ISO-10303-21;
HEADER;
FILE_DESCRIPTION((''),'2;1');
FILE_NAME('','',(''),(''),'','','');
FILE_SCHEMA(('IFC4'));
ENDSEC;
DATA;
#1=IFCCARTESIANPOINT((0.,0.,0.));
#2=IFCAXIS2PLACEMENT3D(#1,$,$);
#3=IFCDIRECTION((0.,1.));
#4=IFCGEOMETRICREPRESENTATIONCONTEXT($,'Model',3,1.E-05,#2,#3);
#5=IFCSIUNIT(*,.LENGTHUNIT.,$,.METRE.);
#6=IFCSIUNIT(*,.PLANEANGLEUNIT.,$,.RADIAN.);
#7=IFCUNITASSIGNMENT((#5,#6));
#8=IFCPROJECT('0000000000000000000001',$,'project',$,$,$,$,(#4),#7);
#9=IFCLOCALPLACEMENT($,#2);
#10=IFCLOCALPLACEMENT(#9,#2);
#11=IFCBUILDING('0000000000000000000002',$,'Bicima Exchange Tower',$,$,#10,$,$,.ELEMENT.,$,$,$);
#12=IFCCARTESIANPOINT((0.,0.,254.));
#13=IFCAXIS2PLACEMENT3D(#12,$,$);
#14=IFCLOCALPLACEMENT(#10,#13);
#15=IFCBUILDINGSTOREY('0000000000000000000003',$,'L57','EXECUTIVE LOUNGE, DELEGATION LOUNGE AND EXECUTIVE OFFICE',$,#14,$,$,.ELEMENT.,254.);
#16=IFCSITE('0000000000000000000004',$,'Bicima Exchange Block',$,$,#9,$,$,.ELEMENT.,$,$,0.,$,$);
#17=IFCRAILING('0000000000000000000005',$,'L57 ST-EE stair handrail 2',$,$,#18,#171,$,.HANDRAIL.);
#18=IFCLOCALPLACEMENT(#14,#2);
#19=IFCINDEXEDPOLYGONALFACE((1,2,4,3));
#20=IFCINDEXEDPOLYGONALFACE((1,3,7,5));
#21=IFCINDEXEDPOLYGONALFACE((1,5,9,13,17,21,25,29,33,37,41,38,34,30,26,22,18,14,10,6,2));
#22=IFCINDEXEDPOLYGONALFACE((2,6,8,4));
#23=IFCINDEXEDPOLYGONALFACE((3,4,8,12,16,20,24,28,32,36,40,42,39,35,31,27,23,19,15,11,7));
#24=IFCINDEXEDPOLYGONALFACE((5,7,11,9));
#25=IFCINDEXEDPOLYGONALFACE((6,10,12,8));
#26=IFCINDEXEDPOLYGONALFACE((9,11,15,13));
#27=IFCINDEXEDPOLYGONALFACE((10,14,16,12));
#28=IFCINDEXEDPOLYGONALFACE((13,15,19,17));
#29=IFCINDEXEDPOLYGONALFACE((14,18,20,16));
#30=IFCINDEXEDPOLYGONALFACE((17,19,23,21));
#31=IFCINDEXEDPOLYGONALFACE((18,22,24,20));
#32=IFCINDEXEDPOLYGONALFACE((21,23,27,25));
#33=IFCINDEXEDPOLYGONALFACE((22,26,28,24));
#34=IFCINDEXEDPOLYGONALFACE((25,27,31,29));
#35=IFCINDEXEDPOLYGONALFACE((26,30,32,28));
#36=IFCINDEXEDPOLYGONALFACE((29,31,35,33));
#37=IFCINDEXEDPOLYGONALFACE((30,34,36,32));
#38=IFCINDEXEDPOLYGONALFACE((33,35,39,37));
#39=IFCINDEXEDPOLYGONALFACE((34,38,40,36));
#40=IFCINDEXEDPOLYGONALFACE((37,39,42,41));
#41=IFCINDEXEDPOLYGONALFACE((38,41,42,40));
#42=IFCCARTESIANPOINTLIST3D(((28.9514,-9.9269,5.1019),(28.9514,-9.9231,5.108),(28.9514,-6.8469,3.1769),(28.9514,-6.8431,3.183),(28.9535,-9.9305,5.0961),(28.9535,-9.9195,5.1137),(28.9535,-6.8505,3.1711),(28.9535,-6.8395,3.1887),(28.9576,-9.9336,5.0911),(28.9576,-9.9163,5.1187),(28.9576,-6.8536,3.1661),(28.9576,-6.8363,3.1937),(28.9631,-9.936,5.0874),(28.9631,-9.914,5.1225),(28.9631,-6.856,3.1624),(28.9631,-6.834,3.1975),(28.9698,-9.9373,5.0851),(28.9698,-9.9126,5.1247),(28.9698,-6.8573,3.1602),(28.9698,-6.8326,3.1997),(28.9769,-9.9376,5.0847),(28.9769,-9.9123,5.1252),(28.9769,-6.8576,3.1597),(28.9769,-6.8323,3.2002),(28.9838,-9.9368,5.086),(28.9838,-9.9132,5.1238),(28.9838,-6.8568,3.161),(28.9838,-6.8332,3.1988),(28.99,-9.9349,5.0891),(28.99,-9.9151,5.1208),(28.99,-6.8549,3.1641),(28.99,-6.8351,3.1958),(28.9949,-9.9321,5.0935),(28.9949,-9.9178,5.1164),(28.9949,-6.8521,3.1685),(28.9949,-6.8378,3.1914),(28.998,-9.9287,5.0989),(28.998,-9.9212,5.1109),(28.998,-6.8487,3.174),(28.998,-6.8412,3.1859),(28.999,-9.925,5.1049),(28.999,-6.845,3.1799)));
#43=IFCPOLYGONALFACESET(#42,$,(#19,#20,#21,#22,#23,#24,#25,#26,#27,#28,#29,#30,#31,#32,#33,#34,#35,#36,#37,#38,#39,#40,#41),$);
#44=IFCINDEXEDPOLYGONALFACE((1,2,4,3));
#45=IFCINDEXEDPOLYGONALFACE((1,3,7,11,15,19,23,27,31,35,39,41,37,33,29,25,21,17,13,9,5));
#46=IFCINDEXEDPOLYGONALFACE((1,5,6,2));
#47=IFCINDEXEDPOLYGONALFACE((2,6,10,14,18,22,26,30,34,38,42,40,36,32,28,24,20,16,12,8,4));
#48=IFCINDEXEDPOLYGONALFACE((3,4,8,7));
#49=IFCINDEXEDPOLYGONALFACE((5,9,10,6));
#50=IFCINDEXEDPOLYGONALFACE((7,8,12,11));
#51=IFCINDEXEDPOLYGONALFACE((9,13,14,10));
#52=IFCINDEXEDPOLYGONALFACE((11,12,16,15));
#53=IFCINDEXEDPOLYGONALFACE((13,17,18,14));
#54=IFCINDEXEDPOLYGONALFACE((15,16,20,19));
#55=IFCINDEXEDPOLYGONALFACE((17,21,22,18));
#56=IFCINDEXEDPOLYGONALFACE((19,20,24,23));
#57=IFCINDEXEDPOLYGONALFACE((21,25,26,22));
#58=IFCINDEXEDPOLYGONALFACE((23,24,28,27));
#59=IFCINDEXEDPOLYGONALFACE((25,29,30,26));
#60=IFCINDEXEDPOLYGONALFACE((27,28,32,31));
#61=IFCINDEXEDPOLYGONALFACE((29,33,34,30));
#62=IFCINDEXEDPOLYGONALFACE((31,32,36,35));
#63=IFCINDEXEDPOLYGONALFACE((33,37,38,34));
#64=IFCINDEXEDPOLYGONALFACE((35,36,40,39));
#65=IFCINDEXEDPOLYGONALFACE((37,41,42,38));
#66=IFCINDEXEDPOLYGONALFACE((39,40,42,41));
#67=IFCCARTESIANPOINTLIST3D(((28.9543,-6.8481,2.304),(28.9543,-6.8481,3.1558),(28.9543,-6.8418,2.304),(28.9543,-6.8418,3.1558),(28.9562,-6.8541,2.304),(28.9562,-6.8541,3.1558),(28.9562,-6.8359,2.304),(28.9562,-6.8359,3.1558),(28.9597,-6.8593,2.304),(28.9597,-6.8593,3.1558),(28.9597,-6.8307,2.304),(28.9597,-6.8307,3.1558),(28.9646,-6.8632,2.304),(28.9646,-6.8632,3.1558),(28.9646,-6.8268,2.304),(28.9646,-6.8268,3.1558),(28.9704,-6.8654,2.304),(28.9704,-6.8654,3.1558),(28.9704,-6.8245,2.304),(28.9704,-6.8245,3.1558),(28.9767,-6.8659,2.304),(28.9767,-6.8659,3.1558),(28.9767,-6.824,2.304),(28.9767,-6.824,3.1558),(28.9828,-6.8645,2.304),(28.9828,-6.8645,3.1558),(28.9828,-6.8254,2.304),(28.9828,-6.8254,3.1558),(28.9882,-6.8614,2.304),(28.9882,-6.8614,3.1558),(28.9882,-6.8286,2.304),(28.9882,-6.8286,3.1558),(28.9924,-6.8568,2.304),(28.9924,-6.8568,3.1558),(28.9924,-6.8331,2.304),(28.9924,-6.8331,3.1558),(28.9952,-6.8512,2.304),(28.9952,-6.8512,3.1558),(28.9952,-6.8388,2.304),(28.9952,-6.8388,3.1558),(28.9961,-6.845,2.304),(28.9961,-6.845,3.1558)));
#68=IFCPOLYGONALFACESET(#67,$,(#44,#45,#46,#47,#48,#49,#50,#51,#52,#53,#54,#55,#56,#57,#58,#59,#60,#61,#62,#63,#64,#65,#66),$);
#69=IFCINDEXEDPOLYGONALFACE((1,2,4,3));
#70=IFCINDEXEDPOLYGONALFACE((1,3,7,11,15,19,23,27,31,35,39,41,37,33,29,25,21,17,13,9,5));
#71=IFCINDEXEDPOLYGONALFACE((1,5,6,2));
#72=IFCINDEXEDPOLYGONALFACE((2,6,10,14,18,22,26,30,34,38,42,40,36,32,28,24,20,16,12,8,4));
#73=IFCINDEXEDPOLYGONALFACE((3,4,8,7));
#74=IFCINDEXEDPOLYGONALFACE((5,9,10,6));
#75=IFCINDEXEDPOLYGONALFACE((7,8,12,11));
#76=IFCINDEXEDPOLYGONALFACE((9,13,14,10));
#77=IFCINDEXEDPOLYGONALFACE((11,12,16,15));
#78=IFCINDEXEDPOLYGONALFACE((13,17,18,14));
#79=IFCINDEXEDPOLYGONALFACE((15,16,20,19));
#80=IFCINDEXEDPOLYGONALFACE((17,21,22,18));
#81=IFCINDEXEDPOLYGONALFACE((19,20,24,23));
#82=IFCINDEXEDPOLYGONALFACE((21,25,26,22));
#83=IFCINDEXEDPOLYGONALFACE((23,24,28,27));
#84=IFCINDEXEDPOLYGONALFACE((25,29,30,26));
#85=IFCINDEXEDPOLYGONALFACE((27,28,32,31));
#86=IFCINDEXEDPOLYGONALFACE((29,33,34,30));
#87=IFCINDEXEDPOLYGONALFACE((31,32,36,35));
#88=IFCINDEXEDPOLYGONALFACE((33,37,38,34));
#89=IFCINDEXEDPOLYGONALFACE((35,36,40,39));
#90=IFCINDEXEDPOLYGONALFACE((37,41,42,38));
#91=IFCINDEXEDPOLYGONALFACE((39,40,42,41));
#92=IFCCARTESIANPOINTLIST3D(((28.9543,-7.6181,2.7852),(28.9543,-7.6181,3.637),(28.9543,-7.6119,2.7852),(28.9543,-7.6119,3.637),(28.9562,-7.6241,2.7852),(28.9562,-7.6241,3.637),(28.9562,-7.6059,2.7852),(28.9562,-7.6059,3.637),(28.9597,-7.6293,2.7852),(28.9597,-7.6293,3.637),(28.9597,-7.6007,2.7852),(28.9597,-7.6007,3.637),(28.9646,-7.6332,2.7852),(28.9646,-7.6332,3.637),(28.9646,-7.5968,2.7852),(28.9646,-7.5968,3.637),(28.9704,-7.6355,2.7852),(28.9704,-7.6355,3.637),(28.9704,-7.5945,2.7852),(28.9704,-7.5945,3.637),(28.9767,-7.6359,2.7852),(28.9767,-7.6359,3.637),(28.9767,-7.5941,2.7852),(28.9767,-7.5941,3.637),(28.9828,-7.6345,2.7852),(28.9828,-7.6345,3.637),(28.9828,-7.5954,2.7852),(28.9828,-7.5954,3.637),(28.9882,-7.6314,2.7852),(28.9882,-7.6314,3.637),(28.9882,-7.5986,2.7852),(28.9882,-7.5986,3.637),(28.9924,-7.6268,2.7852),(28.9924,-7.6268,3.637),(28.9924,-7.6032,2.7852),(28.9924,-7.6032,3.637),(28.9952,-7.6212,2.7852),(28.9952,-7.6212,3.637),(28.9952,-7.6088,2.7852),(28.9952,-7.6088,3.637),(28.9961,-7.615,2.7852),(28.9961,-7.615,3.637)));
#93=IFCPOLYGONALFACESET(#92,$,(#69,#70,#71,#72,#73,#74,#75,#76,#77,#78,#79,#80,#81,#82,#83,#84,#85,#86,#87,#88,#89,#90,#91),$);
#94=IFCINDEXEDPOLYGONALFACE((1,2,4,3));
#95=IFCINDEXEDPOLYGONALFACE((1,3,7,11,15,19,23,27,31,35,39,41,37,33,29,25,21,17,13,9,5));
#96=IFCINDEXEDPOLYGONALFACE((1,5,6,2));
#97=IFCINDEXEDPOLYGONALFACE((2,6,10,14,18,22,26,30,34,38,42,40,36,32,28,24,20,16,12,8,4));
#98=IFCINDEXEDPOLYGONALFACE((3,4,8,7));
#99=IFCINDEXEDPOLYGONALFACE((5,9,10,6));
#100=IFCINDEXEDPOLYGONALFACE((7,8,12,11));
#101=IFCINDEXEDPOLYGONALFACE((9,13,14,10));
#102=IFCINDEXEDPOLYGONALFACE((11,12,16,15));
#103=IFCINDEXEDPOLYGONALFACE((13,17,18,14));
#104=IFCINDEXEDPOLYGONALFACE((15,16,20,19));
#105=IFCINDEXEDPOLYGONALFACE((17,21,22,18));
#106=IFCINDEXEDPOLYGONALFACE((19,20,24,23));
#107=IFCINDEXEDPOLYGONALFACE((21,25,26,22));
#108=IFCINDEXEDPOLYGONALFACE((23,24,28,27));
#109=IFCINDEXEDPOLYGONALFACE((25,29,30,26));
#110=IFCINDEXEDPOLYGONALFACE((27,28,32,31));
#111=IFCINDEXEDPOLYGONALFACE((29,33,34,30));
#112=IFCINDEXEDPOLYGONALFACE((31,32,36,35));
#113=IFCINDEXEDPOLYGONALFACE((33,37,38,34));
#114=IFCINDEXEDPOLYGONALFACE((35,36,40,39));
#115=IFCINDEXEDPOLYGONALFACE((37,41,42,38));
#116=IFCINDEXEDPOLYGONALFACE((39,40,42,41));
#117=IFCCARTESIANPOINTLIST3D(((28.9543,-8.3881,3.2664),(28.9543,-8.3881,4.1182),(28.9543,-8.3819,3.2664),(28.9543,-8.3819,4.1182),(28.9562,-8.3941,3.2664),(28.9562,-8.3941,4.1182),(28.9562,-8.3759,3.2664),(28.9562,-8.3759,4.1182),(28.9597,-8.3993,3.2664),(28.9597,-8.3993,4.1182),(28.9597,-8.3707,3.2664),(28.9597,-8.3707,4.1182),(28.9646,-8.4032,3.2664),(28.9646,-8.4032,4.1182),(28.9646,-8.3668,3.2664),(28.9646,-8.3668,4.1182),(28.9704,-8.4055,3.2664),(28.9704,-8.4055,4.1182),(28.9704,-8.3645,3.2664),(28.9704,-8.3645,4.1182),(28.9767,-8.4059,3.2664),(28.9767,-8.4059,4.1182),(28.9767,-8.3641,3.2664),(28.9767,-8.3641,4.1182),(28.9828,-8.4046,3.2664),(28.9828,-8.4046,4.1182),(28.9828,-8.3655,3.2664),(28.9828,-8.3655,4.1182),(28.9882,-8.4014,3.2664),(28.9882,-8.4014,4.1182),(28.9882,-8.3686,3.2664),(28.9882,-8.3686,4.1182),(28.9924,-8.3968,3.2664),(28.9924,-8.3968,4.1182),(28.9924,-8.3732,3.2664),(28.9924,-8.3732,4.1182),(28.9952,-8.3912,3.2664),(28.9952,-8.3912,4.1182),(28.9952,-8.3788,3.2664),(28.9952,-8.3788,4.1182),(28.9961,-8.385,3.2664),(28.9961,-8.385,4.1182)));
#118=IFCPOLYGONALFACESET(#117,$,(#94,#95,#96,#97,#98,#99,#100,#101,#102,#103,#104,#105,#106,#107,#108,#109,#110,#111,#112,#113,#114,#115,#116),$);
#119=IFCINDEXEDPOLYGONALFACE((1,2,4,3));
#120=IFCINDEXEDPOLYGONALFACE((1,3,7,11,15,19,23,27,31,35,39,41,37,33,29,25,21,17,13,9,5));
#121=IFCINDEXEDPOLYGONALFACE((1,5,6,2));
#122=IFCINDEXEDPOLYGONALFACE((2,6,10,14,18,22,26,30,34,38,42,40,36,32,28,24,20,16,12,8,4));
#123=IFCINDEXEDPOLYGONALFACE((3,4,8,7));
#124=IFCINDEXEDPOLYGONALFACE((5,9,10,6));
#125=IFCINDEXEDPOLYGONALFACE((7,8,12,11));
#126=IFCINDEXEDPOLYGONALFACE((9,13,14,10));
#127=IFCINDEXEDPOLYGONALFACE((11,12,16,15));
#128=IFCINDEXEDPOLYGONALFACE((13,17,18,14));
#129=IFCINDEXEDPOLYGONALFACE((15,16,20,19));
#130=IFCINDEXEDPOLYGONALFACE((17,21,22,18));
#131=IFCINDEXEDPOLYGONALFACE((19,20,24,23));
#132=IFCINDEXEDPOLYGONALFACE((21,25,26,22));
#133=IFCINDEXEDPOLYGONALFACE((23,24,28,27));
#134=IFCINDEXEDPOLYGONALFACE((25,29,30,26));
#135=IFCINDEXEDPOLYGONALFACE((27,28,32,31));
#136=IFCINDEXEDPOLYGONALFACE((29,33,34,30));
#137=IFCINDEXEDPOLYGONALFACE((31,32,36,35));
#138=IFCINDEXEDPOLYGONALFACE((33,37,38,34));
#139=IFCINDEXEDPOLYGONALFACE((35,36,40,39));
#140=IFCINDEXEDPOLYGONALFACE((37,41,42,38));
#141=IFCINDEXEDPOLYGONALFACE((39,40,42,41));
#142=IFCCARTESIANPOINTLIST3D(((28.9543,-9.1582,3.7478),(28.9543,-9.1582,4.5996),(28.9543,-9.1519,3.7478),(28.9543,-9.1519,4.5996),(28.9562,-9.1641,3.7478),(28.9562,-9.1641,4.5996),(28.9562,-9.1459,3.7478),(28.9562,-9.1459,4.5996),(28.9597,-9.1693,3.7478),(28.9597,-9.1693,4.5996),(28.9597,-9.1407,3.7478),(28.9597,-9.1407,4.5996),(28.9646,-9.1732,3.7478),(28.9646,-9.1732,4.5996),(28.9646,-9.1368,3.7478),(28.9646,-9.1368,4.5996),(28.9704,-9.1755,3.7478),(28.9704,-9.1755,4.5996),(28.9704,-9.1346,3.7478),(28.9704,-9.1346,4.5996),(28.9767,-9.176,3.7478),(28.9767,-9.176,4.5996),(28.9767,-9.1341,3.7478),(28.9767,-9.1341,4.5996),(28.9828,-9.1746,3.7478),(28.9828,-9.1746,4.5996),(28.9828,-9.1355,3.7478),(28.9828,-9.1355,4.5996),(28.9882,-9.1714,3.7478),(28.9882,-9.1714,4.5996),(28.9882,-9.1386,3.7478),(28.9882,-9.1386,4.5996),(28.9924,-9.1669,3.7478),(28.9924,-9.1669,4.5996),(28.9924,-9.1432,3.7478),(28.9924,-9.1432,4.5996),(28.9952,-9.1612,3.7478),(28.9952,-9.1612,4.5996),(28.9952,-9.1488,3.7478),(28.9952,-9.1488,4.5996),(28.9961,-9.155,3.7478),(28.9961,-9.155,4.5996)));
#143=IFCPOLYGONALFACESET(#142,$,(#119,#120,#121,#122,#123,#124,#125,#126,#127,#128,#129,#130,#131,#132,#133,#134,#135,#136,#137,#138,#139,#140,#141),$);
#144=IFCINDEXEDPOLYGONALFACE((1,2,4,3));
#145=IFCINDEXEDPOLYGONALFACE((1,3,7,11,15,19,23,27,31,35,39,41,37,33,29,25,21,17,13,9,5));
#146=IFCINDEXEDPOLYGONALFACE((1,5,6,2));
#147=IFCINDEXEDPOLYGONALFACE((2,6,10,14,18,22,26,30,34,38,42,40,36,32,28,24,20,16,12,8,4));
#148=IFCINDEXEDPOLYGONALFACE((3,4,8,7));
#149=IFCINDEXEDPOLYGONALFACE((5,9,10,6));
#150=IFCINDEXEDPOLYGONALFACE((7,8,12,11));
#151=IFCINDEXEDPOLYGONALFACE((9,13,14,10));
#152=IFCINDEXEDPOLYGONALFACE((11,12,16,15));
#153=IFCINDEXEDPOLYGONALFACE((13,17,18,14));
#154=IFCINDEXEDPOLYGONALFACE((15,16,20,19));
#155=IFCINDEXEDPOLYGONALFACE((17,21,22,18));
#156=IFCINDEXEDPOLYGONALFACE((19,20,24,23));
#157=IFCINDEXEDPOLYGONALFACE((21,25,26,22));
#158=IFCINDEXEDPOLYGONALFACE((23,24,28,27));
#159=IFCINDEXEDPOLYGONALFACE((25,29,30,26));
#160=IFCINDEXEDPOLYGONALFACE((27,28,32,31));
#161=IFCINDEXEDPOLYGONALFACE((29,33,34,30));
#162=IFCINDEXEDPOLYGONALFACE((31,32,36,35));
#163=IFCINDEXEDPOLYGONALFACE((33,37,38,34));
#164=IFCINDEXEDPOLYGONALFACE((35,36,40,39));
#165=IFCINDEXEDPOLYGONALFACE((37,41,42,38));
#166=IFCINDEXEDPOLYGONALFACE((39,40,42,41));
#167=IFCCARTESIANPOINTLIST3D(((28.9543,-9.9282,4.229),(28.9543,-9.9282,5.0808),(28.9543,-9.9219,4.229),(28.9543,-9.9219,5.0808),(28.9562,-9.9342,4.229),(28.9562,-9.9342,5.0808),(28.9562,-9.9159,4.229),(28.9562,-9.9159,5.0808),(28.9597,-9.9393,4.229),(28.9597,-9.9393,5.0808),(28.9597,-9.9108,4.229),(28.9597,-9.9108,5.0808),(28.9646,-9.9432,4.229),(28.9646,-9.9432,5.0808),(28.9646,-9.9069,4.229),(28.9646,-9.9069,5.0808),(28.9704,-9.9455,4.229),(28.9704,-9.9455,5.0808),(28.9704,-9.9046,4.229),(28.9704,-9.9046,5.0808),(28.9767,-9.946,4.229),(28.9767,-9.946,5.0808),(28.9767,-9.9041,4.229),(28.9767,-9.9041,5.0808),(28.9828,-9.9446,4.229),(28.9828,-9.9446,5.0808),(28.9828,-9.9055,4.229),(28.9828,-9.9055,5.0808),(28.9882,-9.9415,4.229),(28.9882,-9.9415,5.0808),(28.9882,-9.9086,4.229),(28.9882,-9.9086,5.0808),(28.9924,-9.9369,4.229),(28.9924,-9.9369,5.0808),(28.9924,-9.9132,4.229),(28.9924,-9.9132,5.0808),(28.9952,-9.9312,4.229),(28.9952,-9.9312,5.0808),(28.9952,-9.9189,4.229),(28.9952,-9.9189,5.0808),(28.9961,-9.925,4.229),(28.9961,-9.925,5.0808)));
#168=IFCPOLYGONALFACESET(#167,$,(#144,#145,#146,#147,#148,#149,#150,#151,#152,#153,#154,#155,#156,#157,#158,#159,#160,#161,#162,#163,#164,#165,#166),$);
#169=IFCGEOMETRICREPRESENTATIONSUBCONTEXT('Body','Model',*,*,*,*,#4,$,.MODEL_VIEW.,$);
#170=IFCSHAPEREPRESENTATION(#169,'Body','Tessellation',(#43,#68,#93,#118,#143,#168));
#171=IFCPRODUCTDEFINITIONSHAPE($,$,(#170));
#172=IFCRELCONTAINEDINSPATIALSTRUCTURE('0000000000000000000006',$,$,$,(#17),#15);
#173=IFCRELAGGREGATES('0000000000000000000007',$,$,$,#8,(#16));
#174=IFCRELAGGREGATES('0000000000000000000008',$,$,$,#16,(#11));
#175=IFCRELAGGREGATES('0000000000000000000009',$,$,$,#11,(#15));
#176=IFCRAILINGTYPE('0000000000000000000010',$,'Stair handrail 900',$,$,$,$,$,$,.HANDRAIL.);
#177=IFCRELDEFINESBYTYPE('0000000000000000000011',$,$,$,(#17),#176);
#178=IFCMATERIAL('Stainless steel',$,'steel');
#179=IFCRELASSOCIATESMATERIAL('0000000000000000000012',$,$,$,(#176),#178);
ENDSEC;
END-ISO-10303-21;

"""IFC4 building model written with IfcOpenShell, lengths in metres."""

from ifc_helpers import new_model, si_unit, direction, frame, origin, origin_2d, place, context, subcontext, project, spatial, circle, extrude, material, type_object, element, save


model = new_model("IFC4")

# Units and contexts
model_context = context("Model", 3, precision=1e-05, world=origin(), true_north=direction((0.0, 1.0)))
body_context = subcontext(model_context, "Body", "Model", "MODEL_VIEW")
ifc_project = project(units=[si_unit("LENGTHUNIT", "METRE"), si_unit("PLANEANGLEUNIT", "RADIAN")], contexts=[model_context])

# Site, building, storey
site_placement = place(None, origin())
site = spatial("IfcSite", under=ifc_project, at=site_placement, Name="Bicima Exchange Block", CompositionType="ELEMENT", RefElevation=0.0)
building_placement = place(site_placement, origin())
building = spatial("IfcBuilding", under=site, at=building_placement, Name="Bicima Exchange Tower", CompositionType="ELEMENT")
storey_placement = place(building_placement, frame((0.0, 0.0, 254.0)))
storey = spatial("IfcBuildingStorey", under=building, at=storey_placement, Name="L57", Description="EXECUTIVE LOUNGE, DELEGATION LOUNGE AND EXECUTIVE OFFICE", CompositionType="ELEMENT", Elevation=254.0)

# Railing
ifc_material_1 = material(Name="Stainless steel", Category="steel")
railing_type_1 = type_object("IfcRailingType", Name="Stair handrail 900", PredefinedType="HANDRAIL", material=ifc_material_1)
railing_1_placement = place(storey_placement, frame((28.9751, -6.845, 2.304)))
element("IfcRailing", 1, at=railing_1_placement, inside=storey, type_object=railing_type_1, Name="L57 ST-EE stair handrail 2", PredefinedType="HANDRAIL", context=body_context, shape_type="SweptSolid", body=[
    extrude(circle(Radius=0.0239, at=origin_2d()), frame((0.0, 0.0, 0.876), z_axis=(0.0, -0.847998, 0.529999), x_axis=(1.0, 0.0, 0.0)), (0.0, 0.0, 1.0), 3.6321),
    extrude(circle(Radius=0.021, at=origin_2d()), origin(), (0.0, 0.0, 1.0), 0.8518),
    extrude(circle(Radius=0.021, at=origin_2d()), frame((0.0, -0.77, 0.4812)), (0.0, 0.0, 1.0), 0.8518),
    extrude(circle(Radius=0.021, at=origin_2d()), frame((0.0, -1.54, 0.9624)), (0.0, 0.0, 1.0), 0.8518),
    extrude(circle(Radius=0.021, at=origin_2d()), frame((0.0, -2.3101, 1.4438)), (0.0, 0.0, 1.0), 0.8518),
    extrude(circle(Radius=0.021, at=origin_2d()), frame((0.0, -3.0801, 1.925)), (0.0, 0.0, 1.0), 0.8518),
])

save(model, "model.ifc")
